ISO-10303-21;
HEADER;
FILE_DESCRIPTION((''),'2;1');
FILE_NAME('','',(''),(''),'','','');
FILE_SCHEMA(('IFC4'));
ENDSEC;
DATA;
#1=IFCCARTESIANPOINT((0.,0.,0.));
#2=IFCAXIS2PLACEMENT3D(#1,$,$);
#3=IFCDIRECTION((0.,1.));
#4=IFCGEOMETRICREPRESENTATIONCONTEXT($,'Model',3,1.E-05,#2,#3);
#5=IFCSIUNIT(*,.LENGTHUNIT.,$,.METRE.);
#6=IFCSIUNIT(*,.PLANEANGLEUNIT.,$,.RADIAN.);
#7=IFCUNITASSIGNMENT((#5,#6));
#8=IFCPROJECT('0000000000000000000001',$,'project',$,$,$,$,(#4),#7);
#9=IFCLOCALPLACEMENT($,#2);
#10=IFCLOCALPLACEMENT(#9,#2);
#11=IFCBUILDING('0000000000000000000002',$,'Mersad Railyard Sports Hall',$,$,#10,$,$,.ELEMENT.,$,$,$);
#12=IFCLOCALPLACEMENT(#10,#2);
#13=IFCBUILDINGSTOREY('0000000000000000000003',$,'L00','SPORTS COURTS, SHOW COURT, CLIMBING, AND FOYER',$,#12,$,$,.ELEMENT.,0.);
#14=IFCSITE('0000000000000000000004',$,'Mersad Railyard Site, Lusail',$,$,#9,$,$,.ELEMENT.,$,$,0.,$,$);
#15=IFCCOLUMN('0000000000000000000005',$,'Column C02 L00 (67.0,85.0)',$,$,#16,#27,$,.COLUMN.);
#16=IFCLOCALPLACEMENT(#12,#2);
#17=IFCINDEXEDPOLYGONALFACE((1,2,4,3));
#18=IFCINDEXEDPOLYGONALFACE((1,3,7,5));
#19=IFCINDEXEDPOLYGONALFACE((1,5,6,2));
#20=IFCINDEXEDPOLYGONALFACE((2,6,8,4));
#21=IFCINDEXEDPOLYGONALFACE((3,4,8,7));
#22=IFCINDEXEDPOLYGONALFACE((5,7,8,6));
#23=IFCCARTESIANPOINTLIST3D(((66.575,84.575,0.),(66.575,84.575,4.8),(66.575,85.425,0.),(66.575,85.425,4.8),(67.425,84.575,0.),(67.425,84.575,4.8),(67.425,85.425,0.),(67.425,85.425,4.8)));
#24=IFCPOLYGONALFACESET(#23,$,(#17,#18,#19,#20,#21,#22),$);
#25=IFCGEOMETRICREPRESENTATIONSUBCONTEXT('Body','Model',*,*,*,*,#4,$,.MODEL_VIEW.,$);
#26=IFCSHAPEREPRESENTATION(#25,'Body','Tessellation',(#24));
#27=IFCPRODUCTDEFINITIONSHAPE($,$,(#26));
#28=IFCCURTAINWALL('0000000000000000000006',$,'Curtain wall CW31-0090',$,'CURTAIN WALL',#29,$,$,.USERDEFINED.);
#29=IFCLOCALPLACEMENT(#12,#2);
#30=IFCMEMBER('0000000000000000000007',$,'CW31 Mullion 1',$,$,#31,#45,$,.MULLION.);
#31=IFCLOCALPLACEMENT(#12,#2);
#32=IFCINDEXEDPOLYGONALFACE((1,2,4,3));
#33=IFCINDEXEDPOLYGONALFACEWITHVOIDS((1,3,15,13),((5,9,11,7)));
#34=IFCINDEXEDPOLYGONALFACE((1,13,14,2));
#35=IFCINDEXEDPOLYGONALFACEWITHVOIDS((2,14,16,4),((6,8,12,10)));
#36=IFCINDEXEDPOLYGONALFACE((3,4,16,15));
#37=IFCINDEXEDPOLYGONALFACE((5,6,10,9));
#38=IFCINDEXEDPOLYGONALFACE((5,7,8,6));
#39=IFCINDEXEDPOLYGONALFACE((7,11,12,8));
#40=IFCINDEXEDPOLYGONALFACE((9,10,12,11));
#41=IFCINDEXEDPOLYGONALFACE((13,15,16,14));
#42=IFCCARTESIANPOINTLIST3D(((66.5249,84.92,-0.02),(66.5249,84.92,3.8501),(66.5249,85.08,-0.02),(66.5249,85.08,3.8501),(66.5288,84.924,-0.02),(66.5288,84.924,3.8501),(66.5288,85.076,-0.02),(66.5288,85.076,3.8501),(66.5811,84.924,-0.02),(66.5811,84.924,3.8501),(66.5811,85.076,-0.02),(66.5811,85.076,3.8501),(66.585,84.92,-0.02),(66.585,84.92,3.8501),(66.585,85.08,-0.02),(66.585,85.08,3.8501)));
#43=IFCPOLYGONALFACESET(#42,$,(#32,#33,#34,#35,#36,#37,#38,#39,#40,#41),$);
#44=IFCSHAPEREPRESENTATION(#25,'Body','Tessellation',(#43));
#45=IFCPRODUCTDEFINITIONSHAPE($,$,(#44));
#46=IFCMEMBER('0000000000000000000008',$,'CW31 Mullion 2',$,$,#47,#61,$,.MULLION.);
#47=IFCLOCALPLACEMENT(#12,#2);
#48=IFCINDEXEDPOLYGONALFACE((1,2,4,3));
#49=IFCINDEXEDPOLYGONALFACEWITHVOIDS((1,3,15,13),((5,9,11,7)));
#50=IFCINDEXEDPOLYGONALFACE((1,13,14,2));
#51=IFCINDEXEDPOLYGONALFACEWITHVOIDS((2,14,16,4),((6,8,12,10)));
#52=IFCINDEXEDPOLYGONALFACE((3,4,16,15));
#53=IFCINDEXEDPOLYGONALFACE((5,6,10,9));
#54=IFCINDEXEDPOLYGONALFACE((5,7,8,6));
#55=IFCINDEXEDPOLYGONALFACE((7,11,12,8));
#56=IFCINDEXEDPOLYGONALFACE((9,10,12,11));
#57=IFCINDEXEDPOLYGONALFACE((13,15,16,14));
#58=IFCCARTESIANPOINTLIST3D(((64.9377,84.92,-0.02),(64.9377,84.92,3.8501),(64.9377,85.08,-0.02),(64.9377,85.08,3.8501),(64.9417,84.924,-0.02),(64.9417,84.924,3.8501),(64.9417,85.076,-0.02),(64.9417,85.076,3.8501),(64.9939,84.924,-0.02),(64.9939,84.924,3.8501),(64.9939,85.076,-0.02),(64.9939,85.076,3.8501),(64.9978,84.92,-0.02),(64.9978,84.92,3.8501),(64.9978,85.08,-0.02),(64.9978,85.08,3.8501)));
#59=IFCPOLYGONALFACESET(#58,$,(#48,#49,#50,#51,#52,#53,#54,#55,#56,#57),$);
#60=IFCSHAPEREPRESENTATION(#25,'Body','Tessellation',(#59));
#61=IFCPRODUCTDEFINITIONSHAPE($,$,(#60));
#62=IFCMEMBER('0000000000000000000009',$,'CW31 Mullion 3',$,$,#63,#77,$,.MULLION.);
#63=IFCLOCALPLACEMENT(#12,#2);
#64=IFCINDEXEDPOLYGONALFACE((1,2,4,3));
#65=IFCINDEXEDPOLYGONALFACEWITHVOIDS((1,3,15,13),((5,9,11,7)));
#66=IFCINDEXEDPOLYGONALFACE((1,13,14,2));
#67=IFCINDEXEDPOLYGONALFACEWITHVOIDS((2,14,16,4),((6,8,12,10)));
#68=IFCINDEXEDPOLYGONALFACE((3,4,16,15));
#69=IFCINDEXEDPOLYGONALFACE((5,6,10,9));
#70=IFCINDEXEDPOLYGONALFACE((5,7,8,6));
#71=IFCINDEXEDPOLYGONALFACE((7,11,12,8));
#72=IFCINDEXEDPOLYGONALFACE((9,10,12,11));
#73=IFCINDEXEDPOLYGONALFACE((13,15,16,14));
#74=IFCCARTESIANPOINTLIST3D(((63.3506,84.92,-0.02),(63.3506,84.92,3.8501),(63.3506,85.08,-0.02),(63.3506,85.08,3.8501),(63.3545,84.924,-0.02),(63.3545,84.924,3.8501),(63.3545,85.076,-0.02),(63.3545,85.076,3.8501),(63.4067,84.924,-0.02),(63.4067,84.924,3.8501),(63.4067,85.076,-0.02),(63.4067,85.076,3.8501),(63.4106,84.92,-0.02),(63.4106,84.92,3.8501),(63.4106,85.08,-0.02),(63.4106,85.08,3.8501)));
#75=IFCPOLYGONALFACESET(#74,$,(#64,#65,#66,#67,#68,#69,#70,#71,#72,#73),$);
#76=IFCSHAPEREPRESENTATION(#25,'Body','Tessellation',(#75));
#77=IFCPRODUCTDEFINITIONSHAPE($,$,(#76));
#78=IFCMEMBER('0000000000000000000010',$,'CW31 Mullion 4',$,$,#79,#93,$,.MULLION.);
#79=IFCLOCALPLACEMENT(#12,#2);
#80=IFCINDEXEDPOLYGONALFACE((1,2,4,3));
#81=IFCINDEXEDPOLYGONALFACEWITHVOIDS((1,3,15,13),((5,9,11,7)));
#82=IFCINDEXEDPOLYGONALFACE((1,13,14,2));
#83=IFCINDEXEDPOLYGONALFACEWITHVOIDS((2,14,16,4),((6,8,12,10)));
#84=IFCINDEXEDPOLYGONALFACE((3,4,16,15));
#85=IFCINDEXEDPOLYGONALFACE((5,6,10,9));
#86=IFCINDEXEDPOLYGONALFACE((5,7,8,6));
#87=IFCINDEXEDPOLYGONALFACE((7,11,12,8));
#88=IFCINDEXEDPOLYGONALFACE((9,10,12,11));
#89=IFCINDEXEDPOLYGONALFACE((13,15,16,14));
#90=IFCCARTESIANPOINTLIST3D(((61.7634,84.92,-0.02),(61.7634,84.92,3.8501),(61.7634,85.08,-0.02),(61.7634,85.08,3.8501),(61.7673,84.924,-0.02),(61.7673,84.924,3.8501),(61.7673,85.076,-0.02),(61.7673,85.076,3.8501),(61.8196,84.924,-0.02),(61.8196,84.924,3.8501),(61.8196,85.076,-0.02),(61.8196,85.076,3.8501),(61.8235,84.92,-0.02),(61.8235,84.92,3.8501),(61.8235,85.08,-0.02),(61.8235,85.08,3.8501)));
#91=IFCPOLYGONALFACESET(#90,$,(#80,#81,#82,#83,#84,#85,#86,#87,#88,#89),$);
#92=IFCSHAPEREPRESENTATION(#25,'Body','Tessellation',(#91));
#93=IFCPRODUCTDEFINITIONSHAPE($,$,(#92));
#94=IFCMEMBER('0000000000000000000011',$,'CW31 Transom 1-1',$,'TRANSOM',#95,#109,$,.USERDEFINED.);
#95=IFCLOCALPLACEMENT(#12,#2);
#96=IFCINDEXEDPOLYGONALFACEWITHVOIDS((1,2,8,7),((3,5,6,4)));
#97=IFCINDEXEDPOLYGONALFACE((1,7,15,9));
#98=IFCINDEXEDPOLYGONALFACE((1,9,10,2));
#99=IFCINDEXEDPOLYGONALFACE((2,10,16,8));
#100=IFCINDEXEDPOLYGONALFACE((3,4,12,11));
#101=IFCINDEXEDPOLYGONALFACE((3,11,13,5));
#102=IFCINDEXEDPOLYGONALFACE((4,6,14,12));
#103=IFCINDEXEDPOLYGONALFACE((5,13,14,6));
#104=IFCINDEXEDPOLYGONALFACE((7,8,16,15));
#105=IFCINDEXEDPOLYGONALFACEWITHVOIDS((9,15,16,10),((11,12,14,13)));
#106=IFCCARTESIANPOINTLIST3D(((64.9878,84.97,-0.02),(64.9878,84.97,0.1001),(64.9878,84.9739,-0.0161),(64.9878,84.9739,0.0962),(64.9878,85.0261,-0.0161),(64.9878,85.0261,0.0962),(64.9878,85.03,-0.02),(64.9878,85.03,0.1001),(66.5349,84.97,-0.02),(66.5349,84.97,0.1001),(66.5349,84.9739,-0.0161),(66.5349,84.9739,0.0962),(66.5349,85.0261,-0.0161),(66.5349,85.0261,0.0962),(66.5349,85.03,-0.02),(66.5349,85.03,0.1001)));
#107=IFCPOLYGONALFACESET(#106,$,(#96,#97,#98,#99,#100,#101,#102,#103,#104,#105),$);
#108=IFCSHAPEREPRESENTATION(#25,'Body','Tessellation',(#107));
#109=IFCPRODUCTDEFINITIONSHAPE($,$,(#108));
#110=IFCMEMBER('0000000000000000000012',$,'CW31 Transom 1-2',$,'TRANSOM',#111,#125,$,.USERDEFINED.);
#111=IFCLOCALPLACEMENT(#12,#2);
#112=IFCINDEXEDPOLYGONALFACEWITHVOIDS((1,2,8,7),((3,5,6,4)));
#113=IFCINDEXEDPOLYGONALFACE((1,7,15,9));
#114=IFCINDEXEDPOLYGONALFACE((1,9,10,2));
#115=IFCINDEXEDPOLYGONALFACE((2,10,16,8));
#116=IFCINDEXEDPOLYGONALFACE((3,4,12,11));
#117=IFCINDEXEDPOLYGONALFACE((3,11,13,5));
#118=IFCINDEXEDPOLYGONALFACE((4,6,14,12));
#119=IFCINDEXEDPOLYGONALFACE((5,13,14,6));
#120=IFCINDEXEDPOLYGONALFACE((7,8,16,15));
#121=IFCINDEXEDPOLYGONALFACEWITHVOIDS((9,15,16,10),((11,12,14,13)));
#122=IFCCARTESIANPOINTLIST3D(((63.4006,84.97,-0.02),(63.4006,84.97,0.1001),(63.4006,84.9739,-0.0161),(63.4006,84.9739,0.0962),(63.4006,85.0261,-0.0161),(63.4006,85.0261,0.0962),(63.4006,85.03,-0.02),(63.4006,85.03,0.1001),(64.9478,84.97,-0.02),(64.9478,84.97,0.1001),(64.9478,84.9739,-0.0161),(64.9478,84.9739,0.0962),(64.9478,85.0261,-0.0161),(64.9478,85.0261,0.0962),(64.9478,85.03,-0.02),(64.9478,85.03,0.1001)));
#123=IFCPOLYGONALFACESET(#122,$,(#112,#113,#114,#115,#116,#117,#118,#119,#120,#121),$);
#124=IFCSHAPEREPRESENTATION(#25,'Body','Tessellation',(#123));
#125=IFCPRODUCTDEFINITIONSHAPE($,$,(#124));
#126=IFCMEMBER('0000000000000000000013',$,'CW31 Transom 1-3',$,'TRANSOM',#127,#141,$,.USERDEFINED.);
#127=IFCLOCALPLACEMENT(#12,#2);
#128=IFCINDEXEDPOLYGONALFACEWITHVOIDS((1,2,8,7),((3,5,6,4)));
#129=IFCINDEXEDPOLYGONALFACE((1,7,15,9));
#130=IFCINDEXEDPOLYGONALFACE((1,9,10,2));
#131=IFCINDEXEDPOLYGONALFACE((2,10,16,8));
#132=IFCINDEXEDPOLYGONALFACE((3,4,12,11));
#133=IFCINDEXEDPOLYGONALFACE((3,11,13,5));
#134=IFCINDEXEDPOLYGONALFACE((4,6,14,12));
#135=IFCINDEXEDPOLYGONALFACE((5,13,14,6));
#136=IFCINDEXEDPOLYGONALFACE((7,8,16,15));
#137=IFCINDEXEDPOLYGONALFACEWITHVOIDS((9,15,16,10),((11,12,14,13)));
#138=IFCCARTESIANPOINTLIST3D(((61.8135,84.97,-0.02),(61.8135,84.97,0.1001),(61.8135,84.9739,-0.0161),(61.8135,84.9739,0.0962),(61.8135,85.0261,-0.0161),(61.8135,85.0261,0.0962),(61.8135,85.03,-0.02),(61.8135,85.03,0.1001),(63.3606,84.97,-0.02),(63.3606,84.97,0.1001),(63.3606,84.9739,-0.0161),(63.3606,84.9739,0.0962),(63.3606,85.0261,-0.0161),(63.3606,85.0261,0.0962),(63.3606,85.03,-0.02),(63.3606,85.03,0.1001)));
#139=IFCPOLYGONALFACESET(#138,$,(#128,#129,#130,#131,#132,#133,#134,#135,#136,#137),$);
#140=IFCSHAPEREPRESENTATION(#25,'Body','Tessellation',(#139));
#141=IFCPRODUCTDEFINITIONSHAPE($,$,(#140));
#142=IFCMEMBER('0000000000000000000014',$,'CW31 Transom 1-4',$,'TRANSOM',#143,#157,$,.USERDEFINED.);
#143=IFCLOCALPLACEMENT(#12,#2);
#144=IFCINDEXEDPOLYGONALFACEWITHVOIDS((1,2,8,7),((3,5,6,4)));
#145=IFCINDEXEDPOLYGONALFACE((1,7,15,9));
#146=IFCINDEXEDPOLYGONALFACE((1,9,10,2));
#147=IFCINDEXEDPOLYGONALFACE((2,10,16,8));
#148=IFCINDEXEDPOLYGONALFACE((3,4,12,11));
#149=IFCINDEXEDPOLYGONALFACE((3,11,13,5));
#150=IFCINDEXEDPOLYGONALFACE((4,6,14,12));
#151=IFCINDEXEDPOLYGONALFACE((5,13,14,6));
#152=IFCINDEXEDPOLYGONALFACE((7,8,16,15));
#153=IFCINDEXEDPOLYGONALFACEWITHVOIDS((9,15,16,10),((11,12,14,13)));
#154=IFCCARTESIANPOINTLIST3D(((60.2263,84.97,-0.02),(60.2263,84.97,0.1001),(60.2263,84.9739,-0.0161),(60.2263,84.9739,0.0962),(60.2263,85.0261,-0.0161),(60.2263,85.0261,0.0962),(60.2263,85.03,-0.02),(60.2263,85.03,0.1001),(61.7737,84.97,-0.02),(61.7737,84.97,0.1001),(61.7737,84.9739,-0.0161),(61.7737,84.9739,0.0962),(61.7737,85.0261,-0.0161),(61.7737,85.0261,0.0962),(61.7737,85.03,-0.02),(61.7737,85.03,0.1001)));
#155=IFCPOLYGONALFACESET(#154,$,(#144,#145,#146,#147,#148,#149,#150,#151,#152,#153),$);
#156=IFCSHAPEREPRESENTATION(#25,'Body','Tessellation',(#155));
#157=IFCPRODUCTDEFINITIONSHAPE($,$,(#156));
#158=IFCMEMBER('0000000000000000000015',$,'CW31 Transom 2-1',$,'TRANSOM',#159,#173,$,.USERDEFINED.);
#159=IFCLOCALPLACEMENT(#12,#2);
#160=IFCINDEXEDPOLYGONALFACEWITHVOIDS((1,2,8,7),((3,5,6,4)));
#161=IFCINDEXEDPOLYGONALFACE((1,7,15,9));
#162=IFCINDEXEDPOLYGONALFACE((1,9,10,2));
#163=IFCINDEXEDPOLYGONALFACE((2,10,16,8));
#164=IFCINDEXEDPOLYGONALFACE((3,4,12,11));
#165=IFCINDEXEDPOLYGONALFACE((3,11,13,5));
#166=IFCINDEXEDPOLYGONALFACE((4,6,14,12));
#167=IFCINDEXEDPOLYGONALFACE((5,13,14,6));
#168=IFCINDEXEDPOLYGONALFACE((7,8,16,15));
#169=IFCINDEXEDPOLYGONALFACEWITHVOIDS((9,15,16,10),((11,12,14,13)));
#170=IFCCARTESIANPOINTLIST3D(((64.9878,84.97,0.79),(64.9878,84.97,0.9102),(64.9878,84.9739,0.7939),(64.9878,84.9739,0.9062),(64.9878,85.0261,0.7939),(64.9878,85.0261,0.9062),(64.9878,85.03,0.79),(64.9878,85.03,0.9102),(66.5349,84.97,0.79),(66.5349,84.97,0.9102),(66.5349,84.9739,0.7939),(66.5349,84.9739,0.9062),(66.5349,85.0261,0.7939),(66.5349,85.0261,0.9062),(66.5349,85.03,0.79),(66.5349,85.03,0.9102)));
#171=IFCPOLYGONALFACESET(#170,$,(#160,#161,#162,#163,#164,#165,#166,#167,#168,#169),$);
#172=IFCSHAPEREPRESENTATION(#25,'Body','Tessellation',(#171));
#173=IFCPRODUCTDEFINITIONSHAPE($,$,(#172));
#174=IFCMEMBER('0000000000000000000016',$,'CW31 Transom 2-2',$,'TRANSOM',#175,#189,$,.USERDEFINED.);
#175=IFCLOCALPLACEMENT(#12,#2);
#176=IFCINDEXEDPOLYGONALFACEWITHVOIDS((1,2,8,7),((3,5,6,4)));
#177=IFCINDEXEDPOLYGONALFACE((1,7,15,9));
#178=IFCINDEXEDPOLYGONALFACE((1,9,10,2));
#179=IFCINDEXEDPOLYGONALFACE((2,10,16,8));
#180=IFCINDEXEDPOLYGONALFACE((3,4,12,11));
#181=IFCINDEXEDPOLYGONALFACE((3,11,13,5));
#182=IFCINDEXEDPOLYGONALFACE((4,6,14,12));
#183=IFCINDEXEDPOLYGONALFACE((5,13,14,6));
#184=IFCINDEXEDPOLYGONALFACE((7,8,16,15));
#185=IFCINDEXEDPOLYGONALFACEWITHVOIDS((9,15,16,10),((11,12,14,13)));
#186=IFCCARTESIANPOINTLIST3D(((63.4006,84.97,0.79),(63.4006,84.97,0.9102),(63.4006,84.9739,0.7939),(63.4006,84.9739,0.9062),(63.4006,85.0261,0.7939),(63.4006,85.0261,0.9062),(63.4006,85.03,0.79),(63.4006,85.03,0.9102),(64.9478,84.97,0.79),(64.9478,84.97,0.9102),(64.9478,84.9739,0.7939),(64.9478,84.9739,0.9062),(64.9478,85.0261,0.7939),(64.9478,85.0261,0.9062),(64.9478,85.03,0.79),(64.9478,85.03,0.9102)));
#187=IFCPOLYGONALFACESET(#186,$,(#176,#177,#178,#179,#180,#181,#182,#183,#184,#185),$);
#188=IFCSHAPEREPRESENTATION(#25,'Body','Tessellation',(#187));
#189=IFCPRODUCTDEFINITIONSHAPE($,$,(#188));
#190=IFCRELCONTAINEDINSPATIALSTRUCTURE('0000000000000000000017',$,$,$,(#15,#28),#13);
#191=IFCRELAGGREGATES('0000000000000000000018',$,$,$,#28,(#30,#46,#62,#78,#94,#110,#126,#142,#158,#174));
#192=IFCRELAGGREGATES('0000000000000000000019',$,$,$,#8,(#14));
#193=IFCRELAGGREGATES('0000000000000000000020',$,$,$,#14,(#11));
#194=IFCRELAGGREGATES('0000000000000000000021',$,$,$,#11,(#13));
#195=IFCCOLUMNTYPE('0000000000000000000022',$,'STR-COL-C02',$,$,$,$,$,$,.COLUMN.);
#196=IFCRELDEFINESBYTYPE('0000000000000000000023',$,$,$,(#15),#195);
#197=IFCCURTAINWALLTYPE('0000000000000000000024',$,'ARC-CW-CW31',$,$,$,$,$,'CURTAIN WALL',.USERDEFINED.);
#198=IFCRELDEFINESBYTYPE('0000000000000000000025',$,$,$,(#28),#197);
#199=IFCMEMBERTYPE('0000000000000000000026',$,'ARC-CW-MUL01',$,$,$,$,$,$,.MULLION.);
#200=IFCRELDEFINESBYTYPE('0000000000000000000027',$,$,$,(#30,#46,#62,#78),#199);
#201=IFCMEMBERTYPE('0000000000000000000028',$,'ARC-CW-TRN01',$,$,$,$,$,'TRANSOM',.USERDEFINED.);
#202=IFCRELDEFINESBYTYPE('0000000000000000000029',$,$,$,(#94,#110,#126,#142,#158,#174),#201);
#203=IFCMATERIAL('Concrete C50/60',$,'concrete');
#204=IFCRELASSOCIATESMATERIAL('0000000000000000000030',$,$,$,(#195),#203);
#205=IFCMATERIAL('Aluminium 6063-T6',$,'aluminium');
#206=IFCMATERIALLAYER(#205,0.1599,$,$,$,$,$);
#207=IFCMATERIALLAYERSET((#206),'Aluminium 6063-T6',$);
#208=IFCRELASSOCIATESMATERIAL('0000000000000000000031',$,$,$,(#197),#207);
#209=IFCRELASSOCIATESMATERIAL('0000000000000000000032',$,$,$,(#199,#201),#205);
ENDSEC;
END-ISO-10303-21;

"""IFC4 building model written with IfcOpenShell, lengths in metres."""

from ifc_helpers import new_model, si_unit, direction, frame, origin, origin_2d, place, context, subcontext, project, spatial, rectangle, hollow_rectangle, extrude, material, layer, layer_set, material_profile, profile_set, type_object, element, aggregate, save


model = new_model("IFC4")

# Units and contexts
model_context = context("Model", 3, precision=1e-05, world=origin(), true_north=direction((0.0, 1.0)))
body_context = subcontext(model_context, "Body", "Model", "MODEL_VIEW")
ifc_project = project(units=[si_unit("LENGTHUNIT", "METRE"), si_unit("PLANEANGLEUNIT", "RADIAN")], contexts=[model_context])

# Site, building, storey
site_placement = place(None, origin())
site = spatial("IfcSite", under=ifc_project, at=site_placement, Name="Mersad Railyard Site, Lusail", CompositionType="ELEMENT", RefElevation=0.0)
building_placement = place(site_placement, origin())
building = spatial("IfcBuilding", under=site, at=building_placement, Name="Mersad Railyard Sports Hall", CompositionType="ELEMENT")
storey_placement = place(building_placement, origin())
storey = spatial("IfcBuildingStorey", under=building, at=storey_placement, Name="L00", Description="SPORTS COURTS, SHOW COURT, CLIMBING, AND FOYER", CompositionType="ELEMENT", Elevation=0.0)

# Column
ifc_material_1 = material(Name="Concrete C50/60", Category="concrete")
ifc_material_profile_1 = material_profile(ifc_material_1, rectangle(XDim=0.8501, YDim=0.8501, at=origin_2d()), Name="RC 850x850")
ifc_profile_set_1 = profile_set([ifc_material_profile_1], Name="Concrete C50/60")
column_type = type_object("IfcColumnType", Name="STR-COL-C02", PredefinedType="COLUMN", material=ifc_profile_set_1)
column_placement = place(storey_placement, frame((67.0, 85.0, 0.0), z_axis=(0.0, 0.0, 1.0), x_axis=(1.0, 0.0, 0.0)))
element("IfcColumn", 1, at=column_placement, inside=storey, type_object=column_type, Name="Column C02 L00 (67.0,85.0)", PredefinedType="COLUMN", context=body_context, shape_type="SweptSolid", body=[
    extrude(rectangle(XDim=0.8501, YDim=0.8501, at=origin_2d()), origin(), (0.0, 0.0, 1.0), 4.8),
])

# Curtain wall, members
ifc_material_2 = material(Name="Aluminium 6063-T6", Category="aluminium")
ifc_layer_1 = layer(ifc_material_2, 0.1599)
ifc_layer_set_1 = layer_set([ifc_layer_1], Name="Aluminium 6063-T6")
curtain_wall_type = type_object("IfcCurtainWallType", Name="ARC-CW-CW31", ElementType="CURTAIN WALL", PredefinedType="USERDEFINED", material=ifc_layer_set_1)
curtain_wall_placement = place(storey_placement, origin())
curtain_wall = element("IfcCurtainWall", 2, at=curtain_wall_placement, inside=storey, type_object=curtain_wall_type, Name="Curtain wall CW31-0090", ObjectType="CURTAIN WALL", PredefinedType="USERDEFINED")
ifc_material_profile_2 = material_profile(ifc_material_2, hollow_rectangle(XDim=0.0601, YDim=0.1599, WallThickness=0.0039, at=origin_2d()), Name="AL MULLION 60x160x4")
ifc_profile_set_2 = profile_set([ifc_material_profile_2], Name="Aluminium 6063-T6")
member_type_1 = type_object("IfcMemberType", Name="ARC-CW-MUL01", PredefinedType="MULLION", material=ifc_profile_set_2)
member_1_placement = place(storey_placement, frame((66.5549, 85.0, -0.02), z_axis=(0.0, 0.0, 1.0), x_axis=(1.0, 0.0, 0.0)))
member_1 = element("IfcMember", 3, at=member_1_placement, type_object=member_type_1, Name="CW31 Mullion 1", PredefinedType="MULLION", context=body_context, shape_type="SweptSolid", body=[
    extrude(hollow_rectangle(XDim=0.0601, YDim=0.1599, WallThickness=0.0039, at=origin_2d()), origin(), (0.0, 0.0, 1.0), 3.8701),
])
member_2_placement = place(storey_placement, frame((64.9678, 85.0, -0.02), z_axis=(0.0, 0.0, 1.0), x_axis=(1.0, 0.0, 0.0)))
member_2 = element("IfcMember", 4, at=member_2_placement, type_object=member_type_1, Name="CW31 Mullion 2", PredefinedType="MULLION", context=body_context, shape_type="SweptSolid", body=[
    extrude(hollow_rectangle(XDim=0.0601, YDim=0.1599, WallThickness=0.0039, at=origin_2d()), origin(), (0.0, 0.0, 1.0), 3.8701),
])
member_3_placement = place(storey_placement, frame((63.3806, 85.0, -0.02), z_axis=(0.0, 0.0, 1.0), x_axis=(1.0, 0.0, 0.0)))
member_3 = element("IfcMember", 5, at=member_3_placement, type_object=member_type_1, Name="CW31 Mullion 3", PredefinedType="MULLION", context=body_context, shape_type="SweptSolid", body=[
    extrude(hollow_rectangle(XDim=0.0601, YDim=0.1599, WallThickness=0.0039, at=origin_2d()), origin(), (0.0, 0.0, 1.0), 3.8701),
])
member_4_placement = place(storey_placement, frame((61.7935, 85.0, -0.02), z_axis=(0.0, 0.0, 1.0), x_axis=(1.0, 0.0, 0.0)))
member_4 = element("IfcMember", 6, at=member_4_placement, type_object=member_type_1, Name="CW31 Mullion 4", PredefinedType="MULLION", context=body_context, shape_type="SweptSolid", body=[
    extrude(hollow_rectangle(XDim=0.0601, YDim=0.1599, WallThickness=0.0039, at=origin_2d()), origin(), (0.0, 0.0, 1.0), 3.8701),
])
ifc_material_profile_3 = material_profile(ifc_material_2, hollow_rectangle(XDim=0.0601, YDim=0.1201, WallThickness=0.0039, at=origin_2d()), Name="AL TRANSOM 60x120x4")
ifc_profile_set_3 = profile_set([ifc_material_profile_3], Name="Aluminium 6063-T6")
member_type_2 = type_object("IfcMemberType", Name="ARC-CW-TRN01", ElementType="TRANSOM", PredefinedType="USERDEFINED", material=ifc_profile_set_3)
member_5_placement = place(storey_placement, frame((66.5349, 85.0, 0.04), z_axis=(-1.0, 0.0, 0.0), x_axis=(0.0, -1.0, 0.0)))
member_5 = element("IfcMember", 7, at=member_5_placement, type_object=member_type_2, Name="CW31 Transom 1-1", ObjectType="TRANSOM", PredefinedType="USERDEFINED", context=body_context, shape_type="SweptSolid", body=[
    extrude(hollow_rectangle(XDim=0.0601, YDim=0.1201, WallThickness=0.0039, at=origin_2d()), origin(), (0.0, 0.0, 1.0), 1.5471),
])
member_6_placement = place(storey_placement, frame((64.9478, 85.0, 0.04), z_axis=(-1.0, 0.0, 0.0), x_axis=(0.0, -1.0, 0.0)))
member_6 = element("IfcMember", 8, at=member_6_placement, type_object=member_type_2, Name="CW31 Transom 1-2", ObjectType="TRANSOM", PredefinedType="USERDEFINED", context=body_context, shape_type="SweptSolid", body=[
    extrude(hollow_rectangle(XDim=0.0601, YDim=0.1201, WallThickness=0.0039, at=origin_2d()), origin(), (0.0, 0.0, 1.0), 1.5471),
])
member_7_placement = place(storey_placement, frame((63.3606, 85.0, 0.04), z_axis=(-1.0, 0.0, 0.0), x_axis=(0.0, -1.0, 0.0)))
member_7 = element("IfcMember", 9, at=member_7_placement, type_object=member_type_2, Name="CW31 Transom 1-3", ObjectType="TRANSOM", PredefinedType="USERDEFINED", context=body_context, shape_type="SweptSolid", body=[
    extrude(hollow_rectangle(XDim=0.0601, YDim=0.1201, WallThickness=0.0039, at=origin_2d()), origin(), (0.0, 0.0, 1.0), 1.5471),
])
member_8_placement = place(storey_placement, frame((61.7737, 85.0, 0.04), z_axis=(-1.0, 0.0, 0.0), x_axis=(0.0, -1.0, 0.0)))
member_8 = element("IfcMember", 10, at=member_8_placement, type_object=member_type_2, Name="CW31 Transom 1-4", ObjectType="TRANSOM", PredefinedType="USERDEFINED", context=body_context, shape_type="SweptSolid", body=[
    extrude(hollow_rectangle(XDim=0.0601, YDim=0.1201, WallThickness=0.0039, at=origin_2d()), origin(), (0.0, 0.0, 1.0), 1.5474),
])
member_9_placement = place(storey_placement, frame((66.5349, 85.0, 0.8501), z_axis=(-1.0, 0.0, 0.0), x_axis=(0.0, -1.0, 0.0)))
member_9 = element("IfcMember", 11, at=member_9_placement, type_object=member_type_2, Name="CW31 Transom 2-1", ObjectType="TRANSOM", PredefinedType="USERDEFINED", context=body_context, shape_type="SweptSolid", body=[
    extrude(hollow_rectangle(XDim=0.0601, YDim=0.1201, WallThickness=0.0039, at=origin_2d()), origin(), (0.0, 0.0, 1.0), 1.5471),
])
member_10_placement = place(storey_placement, frame((64.9478, 85.0, 0.8501), z_axis=(-1.0, 0.0, 0.0), x_axis=(0.0, -1.0, 0.0)))
member_10 = element("IfcMember", 12, at=member_10_placement, type_object=member_type_2, Name="CW31 Transom 2-2", ObjectType="TRANSOM", PredefinedType="USERDEFINED", context=body_context, shape_type="SweptSolid", body=[
    extrude(hollow_rectangle(XDim=0.0601, YDim=0.1201, WallThickness=0.0039, at=origin_2d()), origin(), (0.0, 0.0, 1.0), 1.5471),
])
aggregate(curtain_wall, [member_1, member_2, member_3, member_4, member_5, member_6, member_7, member_8, member_9, member_10])

save(model, "model.ifc")
